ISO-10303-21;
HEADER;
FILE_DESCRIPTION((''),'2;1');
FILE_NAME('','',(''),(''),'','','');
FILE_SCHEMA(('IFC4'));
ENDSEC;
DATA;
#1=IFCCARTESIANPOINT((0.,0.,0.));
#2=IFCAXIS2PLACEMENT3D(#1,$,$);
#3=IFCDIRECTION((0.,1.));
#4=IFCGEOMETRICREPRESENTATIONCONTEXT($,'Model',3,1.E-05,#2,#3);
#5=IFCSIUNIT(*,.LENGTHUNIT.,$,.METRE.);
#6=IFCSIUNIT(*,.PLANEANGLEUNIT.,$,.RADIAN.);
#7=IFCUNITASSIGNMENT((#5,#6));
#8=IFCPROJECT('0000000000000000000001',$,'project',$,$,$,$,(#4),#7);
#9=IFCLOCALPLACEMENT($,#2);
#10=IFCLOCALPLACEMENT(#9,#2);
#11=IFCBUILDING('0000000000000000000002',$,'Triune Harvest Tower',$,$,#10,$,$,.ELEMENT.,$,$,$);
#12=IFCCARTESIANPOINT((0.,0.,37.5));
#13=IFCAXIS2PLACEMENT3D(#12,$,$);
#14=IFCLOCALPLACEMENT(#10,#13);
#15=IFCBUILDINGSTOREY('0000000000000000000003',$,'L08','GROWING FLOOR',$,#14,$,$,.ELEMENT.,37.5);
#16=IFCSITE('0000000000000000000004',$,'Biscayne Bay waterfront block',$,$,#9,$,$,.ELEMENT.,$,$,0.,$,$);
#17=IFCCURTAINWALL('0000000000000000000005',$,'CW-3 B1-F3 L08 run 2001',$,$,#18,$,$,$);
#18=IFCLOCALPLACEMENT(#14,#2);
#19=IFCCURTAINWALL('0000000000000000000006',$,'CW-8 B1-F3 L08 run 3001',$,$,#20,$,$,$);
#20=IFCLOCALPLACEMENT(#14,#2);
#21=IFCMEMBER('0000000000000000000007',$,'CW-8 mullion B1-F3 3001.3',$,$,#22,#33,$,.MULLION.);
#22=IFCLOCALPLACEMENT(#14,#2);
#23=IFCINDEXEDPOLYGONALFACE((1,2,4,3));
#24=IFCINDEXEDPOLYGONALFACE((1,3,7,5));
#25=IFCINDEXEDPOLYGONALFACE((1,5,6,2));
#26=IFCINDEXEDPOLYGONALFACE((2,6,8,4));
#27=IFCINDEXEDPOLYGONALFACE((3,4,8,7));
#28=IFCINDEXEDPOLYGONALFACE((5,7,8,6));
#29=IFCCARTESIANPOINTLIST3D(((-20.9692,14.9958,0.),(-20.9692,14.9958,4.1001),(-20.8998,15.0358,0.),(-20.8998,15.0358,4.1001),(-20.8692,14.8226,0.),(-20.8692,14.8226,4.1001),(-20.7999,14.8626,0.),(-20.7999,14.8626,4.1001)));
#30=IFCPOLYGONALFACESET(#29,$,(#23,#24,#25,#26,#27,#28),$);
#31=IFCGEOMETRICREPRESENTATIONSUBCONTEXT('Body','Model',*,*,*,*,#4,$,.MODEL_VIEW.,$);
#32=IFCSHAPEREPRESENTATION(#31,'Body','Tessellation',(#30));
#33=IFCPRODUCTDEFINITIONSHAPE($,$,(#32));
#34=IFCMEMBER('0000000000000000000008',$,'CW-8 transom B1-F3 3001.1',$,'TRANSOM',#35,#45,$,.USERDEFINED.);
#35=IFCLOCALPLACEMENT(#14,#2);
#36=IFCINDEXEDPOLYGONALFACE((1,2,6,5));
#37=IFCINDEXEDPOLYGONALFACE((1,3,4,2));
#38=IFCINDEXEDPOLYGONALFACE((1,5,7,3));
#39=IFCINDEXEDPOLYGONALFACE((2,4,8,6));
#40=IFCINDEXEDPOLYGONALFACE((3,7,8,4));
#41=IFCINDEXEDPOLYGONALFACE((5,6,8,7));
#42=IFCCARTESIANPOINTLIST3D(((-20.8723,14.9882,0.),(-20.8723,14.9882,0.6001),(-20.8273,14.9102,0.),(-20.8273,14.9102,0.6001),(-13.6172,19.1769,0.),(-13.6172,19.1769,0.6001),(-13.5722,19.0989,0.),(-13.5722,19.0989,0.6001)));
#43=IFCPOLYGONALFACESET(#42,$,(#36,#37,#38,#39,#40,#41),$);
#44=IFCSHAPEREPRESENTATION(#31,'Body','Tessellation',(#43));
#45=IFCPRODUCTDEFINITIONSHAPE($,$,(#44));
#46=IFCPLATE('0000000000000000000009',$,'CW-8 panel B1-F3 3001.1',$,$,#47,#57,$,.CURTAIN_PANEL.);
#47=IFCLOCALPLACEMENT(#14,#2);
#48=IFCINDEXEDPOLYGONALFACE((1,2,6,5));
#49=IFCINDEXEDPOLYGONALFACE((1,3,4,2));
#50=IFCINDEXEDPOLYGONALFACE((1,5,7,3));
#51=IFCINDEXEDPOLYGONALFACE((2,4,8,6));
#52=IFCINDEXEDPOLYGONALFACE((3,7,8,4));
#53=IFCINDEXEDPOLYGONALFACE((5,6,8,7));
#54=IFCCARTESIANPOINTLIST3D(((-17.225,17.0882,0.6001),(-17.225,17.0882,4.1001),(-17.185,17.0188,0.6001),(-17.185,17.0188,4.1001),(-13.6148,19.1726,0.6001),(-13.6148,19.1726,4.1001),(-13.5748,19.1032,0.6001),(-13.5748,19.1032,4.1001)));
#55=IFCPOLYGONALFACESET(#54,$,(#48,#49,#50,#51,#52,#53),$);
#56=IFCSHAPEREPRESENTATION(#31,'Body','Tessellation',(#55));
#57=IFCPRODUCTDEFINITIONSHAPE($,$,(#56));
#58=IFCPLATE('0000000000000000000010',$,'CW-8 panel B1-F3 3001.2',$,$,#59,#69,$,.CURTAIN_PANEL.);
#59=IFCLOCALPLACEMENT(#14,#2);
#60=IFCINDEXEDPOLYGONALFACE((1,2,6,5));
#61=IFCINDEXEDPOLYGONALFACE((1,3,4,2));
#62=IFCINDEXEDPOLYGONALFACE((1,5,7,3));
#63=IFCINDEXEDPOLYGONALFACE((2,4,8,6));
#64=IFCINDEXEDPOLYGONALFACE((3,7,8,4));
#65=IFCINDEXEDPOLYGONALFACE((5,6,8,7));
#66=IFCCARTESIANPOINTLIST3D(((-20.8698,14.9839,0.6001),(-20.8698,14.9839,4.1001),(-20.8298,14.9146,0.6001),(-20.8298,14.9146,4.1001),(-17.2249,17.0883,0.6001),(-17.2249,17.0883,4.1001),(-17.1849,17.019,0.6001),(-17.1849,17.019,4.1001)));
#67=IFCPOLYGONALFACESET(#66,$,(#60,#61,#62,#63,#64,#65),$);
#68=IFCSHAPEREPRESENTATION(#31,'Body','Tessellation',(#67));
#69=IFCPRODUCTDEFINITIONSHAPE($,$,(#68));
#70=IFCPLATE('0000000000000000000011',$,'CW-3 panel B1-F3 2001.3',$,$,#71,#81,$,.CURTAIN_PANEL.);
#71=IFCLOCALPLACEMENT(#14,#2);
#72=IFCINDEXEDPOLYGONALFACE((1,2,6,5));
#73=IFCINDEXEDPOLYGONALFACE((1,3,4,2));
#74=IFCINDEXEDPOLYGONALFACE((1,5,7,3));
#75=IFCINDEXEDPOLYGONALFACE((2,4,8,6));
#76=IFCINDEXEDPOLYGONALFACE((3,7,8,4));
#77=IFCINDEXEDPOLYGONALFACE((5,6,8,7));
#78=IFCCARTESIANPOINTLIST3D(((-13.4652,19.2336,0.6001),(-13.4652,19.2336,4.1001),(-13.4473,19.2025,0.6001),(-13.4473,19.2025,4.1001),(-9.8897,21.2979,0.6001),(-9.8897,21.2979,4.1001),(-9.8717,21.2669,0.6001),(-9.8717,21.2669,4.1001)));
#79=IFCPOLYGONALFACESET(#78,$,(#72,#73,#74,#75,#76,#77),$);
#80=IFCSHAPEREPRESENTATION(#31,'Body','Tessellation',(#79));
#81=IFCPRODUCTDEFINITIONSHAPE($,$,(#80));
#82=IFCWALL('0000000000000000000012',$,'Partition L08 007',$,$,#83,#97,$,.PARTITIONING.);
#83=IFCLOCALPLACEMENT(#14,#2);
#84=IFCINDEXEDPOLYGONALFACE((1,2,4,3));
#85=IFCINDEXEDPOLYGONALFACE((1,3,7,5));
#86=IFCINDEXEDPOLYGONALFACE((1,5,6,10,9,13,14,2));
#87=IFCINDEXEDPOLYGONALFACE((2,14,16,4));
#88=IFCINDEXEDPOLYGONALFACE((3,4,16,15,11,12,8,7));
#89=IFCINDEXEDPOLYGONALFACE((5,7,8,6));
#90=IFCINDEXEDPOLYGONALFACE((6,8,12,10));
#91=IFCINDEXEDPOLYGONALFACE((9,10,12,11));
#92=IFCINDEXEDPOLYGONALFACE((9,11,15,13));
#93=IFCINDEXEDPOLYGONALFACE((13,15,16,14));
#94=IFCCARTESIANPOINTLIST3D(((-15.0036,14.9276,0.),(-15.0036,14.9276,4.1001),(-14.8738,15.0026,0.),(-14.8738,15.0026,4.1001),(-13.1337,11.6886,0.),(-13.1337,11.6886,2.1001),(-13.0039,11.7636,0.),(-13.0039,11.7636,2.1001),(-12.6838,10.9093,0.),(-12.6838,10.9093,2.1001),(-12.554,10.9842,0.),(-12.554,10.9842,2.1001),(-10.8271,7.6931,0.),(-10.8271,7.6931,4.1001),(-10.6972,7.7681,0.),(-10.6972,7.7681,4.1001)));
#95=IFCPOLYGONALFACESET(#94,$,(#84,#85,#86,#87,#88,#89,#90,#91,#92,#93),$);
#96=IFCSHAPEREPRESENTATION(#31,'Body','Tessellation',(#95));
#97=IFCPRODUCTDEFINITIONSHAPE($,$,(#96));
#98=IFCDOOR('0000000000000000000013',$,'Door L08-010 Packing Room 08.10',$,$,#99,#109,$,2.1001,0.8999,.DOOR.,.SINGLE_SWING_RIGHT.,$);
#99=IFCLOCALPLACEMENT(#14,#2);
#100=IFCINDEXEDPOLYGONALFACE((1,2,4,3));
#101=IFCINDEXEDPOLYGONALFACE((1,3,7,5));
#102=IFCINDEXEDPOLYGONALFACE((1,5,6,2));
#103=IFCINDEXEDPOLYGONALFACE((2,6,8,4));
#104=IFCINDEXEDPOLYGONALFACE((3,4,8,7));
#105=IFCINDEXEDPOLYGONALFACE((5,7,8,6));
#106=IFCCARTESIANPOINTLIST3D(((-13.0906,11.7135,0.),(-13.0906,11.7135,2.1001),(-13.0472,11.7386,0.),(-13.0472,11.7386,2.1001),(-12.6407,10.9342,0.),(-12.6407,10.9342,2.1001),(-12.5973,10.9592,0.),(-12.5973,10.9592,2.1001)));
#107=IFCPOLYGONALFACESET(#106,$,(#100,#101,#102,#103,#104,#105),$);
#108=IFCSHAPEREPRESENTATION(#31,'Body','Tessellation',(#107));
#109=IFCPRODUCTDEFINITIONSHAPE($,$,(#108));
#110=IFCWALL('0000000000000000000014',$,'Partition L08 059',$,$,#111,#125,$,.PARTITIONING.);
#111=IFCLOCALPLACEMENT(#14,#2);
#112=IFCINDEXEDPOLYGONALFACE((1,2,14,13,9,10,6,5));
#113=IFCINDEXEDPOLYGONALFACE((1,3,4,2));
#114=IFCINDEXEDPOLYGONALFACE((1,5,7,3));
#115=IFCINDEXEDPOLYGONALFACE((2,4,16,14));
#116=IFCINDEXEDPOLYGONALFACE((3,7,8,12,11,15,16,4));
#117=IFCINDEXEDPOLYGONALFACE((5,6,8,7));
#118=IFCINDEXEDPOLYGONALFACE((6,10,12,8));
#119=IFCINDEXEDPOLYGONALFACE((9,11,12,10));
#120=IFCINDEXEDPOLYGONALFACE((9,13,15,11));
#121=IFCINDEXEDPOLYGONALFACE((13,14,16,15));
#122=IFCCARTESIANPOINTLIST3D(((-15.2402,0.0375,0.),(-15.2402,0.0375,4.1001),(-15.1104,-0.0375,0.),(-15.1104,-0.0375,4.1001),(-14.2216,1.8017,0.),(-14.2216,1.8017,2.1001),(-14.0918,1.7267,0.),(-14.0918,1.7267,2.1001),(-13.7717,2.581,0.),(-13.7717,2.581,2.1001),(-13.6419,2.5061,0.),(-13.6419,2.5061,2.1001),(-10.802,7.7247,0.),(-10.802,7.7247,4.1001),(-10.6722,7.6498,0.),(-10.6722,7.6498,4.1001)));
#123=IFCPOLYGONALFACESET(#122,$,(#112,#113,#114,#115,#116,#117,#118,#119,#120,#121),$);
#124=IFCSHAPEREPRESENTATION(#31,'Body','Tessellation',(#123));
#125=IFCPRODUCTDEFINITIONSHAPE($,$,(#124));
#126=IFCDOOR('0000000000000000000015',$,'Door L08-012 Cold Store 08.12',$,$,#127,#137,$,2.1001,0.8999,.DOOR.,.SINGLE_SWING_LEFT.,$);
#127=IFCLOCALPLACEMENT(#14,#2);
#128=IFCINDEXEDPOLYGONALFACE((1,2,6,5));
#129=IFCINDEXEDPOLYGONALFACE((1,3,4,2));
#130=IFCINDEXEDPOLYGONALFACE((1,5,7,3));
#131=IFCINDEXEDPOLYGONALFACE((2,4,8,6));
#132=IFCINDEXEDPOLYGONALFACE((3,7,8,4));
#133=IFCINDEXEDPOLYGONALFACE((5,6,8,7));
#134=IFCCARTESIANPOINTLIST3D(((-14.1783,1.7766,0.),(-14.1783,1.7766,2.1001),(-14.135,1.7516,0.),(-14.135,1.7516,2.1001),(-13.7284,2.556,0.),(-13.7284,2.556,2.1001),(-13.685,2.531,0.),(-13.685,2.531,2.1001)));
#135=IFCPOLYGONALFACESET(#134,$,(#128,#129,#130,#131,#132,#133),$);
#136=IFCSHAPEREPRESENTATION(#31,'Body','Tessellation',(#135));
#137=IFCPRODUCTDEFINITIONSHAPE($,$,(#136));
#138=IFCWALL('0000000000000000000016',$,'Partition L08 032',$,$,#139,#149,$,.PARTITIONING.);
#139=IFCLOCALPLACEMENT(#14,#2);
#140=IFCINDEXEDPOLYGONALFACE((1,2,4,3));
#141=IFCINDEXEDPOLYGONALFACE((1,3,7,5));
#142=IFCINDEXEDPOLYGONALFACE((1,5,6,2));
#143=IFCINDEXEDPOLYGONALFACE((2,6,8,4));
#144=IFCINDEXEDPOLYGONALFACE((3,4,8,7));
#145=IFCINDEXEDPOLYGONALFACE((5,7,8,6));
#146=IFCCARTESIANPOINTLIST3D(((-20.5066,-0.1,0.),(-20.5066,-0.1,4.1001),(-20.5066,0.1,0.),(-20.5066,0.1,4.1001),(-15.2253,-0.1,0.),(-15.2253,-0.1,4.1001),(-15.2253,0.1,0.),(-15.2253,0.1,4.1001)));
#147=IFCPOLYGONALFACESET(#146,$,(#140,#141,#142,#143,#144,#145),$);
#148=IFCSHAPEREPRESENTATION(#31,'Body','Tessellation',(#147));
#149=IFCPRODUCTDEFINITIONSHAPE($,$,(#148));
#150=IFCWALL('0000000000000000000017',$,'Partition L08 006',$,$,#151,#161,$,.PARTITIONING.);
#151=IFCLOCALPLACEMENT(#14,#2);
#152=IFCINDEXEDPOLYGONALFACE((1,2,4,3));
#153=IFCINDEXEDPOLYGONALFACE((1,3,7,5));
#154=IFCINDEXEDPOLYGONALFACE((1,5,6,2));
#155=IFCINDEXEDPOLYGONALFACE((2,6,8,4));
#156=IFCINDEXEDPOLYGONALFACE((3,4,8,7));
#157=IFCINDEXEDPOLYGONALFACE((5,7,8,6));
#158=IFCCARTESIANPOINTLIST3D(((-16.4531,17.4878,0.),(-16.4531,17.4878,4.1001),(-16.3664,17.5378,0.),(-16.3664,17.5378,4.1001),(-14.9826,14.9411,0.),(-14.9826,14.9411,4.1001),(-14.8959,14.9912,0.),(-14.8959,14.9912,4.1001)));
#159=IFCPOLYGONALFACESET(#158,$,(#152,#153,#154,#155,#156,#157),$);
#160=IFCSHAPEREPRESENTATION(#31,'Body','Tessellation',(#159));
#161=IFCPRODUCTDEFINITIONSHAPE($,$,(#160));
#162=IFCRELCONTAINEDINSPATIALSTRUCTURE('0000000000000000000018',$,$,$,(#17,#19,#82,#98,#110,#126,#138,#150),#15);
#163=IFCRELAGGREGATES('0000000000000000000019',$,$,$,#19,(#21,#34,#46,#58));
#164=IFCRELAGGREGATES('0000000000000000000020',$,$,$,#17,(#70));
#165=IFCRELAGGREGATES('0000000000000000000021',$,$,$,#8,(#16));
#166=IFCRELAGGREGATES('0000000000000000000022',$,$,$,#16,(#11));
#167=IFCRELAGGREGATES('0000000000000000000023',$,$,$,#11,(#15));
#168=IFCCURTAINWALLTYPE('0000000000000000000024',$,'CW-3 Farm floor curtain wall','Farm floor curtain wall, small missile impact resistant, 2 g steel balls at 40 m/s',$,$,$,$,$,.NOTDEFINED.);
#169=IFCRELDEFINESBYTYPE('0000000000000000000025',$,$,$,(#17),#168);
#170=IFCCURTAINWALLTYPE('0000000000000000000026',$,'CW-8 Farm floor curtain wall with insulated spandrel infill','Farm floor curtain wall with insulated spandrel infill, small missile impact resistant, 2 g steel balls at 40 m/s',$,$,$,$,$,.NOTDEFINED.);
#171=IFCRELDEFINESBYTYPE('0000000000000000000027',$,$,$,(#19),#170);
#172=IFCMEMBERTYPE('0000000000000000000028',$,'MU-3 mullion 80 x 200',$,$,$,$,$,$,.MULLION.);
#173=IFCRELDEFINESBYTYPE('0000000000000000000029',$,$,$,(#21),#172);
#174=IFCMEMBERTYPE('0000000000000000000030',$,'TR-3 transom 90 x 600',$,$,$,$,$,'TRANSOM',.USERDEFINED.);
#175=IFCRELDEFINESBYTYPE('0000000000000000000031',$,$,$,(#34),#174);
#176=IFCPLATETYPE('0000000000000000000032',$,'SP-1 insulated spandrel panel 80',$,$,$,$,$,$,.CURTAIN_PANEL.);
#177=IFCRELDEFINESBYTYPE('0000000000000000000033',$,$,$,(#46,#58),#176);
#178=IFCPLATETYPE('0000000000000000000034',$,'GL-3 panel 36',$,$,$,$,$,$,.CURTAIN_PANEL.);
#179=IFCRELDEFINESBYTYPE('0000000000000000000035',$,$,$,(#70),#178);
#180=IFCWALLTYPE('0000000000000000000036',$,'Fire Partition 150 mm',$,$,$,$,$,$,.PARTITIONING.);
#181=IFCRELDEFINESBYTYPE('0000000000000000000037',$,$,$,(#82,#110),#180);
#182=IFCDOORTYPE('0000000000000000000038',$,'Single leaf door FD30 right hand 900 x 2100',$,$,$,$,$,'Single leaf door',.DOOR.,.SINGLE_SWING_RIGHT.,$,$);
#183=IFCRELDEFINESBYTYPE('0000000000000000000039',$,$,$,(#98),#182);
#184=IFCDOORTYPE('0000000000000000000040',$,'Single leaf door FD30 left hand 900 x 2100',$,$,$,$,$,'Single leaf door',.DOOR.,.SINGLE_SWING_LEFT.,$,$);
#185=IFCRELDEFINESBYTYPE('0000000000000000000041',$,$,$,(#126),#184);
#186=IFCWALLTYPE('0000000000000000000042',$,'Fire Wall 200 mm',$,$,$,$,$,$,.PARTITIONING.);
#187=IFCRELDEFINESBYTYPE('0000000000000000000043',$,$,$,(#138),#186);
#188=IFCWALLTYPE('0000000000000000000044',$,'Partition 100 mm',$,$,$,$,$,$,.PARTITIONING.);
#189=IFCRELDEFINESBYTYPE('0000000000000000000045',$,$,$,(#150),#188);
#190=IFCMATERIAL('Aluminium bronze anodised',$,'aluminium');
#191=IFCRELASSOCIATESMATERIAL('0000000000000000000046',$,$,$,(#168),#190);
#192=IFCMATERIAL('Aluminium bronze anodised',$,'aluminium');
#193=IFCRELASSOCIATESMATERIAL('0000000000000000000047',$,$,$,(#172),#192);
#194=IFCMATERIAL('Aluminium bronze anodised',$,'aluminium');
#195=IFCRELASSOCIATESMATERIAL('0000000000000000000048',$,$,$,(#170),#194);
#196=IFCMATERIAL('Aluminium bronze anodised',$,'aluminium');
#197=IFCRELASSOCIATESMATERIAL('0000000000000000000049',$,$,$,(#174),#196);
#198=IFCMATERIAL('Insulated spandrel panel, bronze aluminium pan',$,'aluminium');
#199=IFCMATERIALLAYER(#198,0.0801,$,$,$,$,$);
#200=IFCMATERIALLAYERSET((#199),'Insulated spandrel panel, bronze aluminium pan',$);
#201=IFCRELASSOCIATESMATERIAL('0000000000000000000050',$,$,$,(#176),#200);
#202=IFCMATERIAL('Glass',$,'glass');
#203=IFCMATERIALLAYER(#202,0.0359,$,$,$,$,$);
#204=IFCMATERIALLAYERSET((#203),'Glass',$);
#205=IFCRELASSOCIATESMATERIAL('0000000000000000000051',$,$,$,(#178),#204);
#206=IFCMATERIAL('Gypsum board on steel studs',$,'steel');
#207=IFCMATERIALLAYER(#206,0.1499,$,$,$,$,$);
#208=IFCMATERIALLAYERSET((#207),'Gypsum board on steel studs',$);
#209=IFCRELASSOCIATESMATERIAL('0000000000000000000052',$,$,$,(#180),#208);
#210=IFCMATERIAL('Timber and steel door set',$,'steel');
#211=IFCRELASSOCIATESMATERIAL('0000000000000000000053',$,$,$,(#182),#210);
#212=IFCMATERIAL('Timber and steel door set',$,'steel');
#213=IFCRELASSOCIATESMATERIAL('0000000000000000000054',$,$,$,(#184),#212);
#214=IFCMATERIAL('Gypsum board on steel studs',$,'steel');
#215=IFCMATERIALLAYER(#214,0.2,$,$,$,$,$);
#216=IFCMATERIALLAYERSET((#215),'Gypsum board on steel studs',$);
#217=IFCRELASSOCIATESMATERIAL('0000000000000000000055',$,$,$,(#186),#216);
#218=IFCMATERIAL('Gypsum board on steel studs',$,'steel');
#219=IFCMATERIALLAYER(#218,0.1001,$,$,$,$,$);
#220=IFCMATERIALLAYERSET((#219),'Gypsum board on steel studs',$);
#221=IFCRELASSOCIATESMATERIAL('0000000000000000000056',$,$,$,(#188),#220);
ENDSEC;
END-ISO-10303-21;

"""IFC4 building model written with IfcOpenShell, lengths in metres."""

from ifc_helpers import new_model, si_unit, direction, frame, frame_2d, origin, origin_2d, place, context, subcontext, project, spatial, rectangle, extrude, source, transform, mapped, material, layer, layer_set, material_profile, profile_set, type_object, element, fill, aggregate, save


model = new_model("IFC4")

# Units and contexts
model_context = context("Model", 3, precision=1e-05, world=origin(), true_north=direction((0.0, 1.0)))
body_context = subcontext(model_context, "Body", "Model", "MODEL_VIEW")
ifc_project = project(units=[si_unit("LENGTHUNIT", "METRE"), si_unit("PLANEANGLEUNIT", "RADIAN")], contexts=[model_context])

# Site, building, storey
site_placement = place(None, origin())
site = spatial("IfcSite", under=ifc_project, at=site_placement, Name="Biscayne Bay waterfront block", CompositionType="ELEMENT", RefElevation=0.0)
building_placement = place(site_placement, origin())
building = spatial("IfcBuilding", under=site, at=building_placement, Name="Triune Harvest Tower", CompositionType="ELEMENT")
storey_placement = place(building_placement, frame((0.0, 0.0, 37.5)))
storey = spatial("IfcBuildingStorey", under=building, at=storey_placement, Name="L08", Description="GROWING FLOOR", CompositionType="ELEMENT", Elevation=37.5)

# Curtain wall
ifc_material_1 = material(Name="Aluminium bronze anodised", Category="aluminium")
curtain_wall_type_1 = type_object("IfcCurtainWallType", Name="CW-3 Farm floor curtain wall", Description="Farm floor curtain wall, small missile impact resistant, 2 g steel balls at 40 m/s", PredefinedType="NOTDEFINED", material=ifc_material_1)
curtain_wall_1_placement = place(storey_placement, origin())
curtain_wall_1 = element("IfcCurtainWall", 1, at=curtain_wall_1_placement, inside=storey, type_object=curtain_wall_type_1, Name="CW-3 B1-F3 L08 run 2001")
ifc_material_2 = material(Name="Aluminium bronze anodised", Category="aluminium")
ifc_material_profile_1 = material_profile(ifc_material_2, rectangle(XDim=0.2, YDim=0.0801, at=origin_2d()), Name="MU-3 mullion 80 x 200")
ifc_profile_set_1 = profile_set([ifc_material_profile_1], Name="Aluminium bronze anodised")
member_type_1 = type_object("IfcMemberType", Name="MU-3 mullion 80 x 200", PredefinedType="MULLION", material=ifc_profile_set_1)
shared_shape_1 = source(origin(), body_context, "Body", "SweptSolid", [
    extrude(rectangle(XDim=0.2, YDim=0.0801, at=origin_2d()), origin(), (0.0, 0.0, 1.0), 4.1001),
])

# Curtain wall, members, plates
ifc_material_3 = material(Name="Aluminium bronze anodised", Category="aluminium")
curtain_wall_type_2 = type_object("IfcCurtainWallType", Name="CW-8 Farm floor curtain wall with insulated spandrel infill", Description="Farm floor curtain wall with insulated spandrel infill, small missile impact resistant, 2 g steel balls at 40 m/s", PredefinedType="NOTDEFINED", material=ifc_material_3)
curtain_wall_2_placement = place(storey_placement, origin())
curtain_wall_2 = element("IfcCurtainWall", 2, at=curtain_wall_2_placement, inside=storey, type_object=curtain_wall_type_2, Name="CW-8 B1-F3 L08 run 3001")
member_1_placement = place(storey_placement, frame((-20.8845, 14.9292, 0.0), z_axis=(0.0, 0.0, 1.0), x_axis=(0.500003, -0.866024, 0.0)))
member_1 = element("IfcMember", 3, at=member_1_placement, type_object=member_type_1, Name="CW-8 mullion B1-F3 3001.3", PredefinedType="MULLION", context=body_context, shape_type="MappedRepresentation", body=[
    mapped(shared_shape_1, transform((0.0, 0.0, 0.0), scale=1.0)),
])
ifc_material_4 = material(Name="Aluminium bronze anodised", Category="aluminium")
ifc_material_profile_2 = material_profile(ifc_material_4, rectangle(XDim=0.0901, YDim=0.6001, at=origin_2d()), Name="TR-3 transom 90 x 600")
ifc_profile_set_2 = profile_set([ifc_material_profile_2], Name="Aluminium bronze anodised")
member_type_2 = type_object("IfcMemberType", Name="TR-3 transom 90 x 600", ElementType="TRANSOM", PredefinedType="USERDEFINED", material=ifc_profile_set_2)
shared_shape_2 = source(origin(), body_context, "Body", "SweptSolid", [
    extrude(rectangle(XDim=0.0901, YDim=0.6001, at=origin_2d()), origin(), (0.0, 0.0, 1.0), 8.3774),
])
member_2_placement = place(storey_placement, frame((-13.5947, 19.1379, 0.3), z_axis=(-0.866027, -0.499997, 0.0), x_axis=(0.499997, -0.866027, 0.0)))
member_2 = element("IfcMember", 4, at=member_2_placement, type_object=member_type_2, Name="CW-8 transom B1-F3 3001.1", ObjectType="TRANSOM", PredefinedType="USERDEFINED", context=body_context, shape_type="MappedRepresentation", body=[
    mapped(shared_shape_2, transform((0.0, 0.0, 0.0), scale=1.0)),
])
ifc_material_5 = material(Name="Insulated spandrel panel, bronze aluminium pan", Category="aluminium")
ifc_layer_1 = layer(ifc_material_5, 0.0801)
ifc_layer_set_1 = layer_set([ifc_layer_1], Name="Insulated spandrel panel, bronze aluminium pan")
plate_type_1 = type_object("IfcPlateType", Name="SP-1 insulated spandrel panel 80", PredefinedType="CURTAIN_PANEL", material=ifc_layer_set_1)
shared_shape_3 = source(origin(), body_context, "Body", "SweptSolid", [
    extrude(rectangle(XDim=4.1687, YDim=0.0801, at=origin_2d()), origin(), (0.0, 0.0, 1.0), 3.5),
])
plate_1_placement = place(storey_placement, frame((-15.3999, 18.0957, 0.6001), z_axis=(0.0, 0.0, 1.0), x_axis=(-0.866024, -0.500003, 0.0)))
plate_1 = element("IfcPlate", 5, at=plate_1_placement, type_object=plate_type_1, Name="CW-8 panel B1-F3 3001.1", PredefinedType="CURTAIN_PANEL", context=body_context, shape_type="MappedRepresentation", body=[
    mapped(shared_shape_3, transform((0.0, 0.0, 0.0), scale=1.0)),
])
shared_shape_4 = source(origin(), body_context, "Body", "SweptSolid", [
    extrude(rectangle(XDim=4.2087, YDim=0.0801, at=origin_2d()), origin(), (0.0, 0.0, 1.0), 3.5),
])
plate_2_placement = place(storey_placement, frame((-19.0273, 16.0015, 0.6001), z_axis=(0.0, 0.0, 1.0), x_axis=(-0.866024, -0.500003, 0.0)))
plate_2 = element("IfcPlate", 6, at=plate_2_placement, type_object=plate_type_1, Name="CW-8 panel B1-F3 3001.2", PredefinedType="CURTAIN_PANEL", context=body_context, shape_type="MappedRepresentation", body=[
    mapped(shared_shape_4, transform((0.0, 0.0, 0.0), scale=1.0)),
])
aggregate(curtain_wall_2, [member_1, member_2, plate_1, plate_2])

# Plate
ifc_material_6 = material(Name="Glass", Category="glass")
ifc_layer_2 = layer(ifc_material_6, 0.0359)
ifc_layer_set_2 = layer_set([ifc_layer_2], Name="Glass")
plate_type_2 = type_object("IfcPlateType", Name="GL-3 panel 36", PredefinedType="CURTAIN_PANEL", material=ifc_layer_set_2)
shared_shape_5 = source(origin(), body_context, "Body", "SweptSolid", [
    extrude(rectangle(XDim=4.1287, YDim=0.0359, at=origin_2d()), origin(), (0.0, 0.0, 1.0), 3.5),
])
plate_3_placement = place(storey_placement, frame((-11.6685, 20.2502, 0.6001), z_axis=(0.0, 0.0, 1.0), x_axis=(-0.866027, -0.499998, 0.0)))
plate_3 = element("IfcPlate", 7, at=plate_3_placement, type_object=plate_type_2, Name="CW-3 panel B1-F3 2001.3", PredefinedType="CURTAIN_PANEL", context=body_context, shape_type="MappedRepresentation", body=[
    mapped(shared_shape_5, transform((0.0, 0.0, 0.0), scale=1.0)),
])
aggregate(curtain_wall_1, [plate_3])

# Walls, openings, doors
ifc_material_7 = material(Name="Gypsum board on steel studs", Category="steel")
ifc_layer_3 = layer(ifc_material_7, 0.1499)
ifc_layer_set_3 = layer_set([ifc_layer_3], Name="Gypsum board on steel studs")
wall_type_1 = type_object("IfcWallType", Name="Fire Partition 150 mm", PredefinedType="PARTITIONING", material=ifc_layer_set_3)
wall_1_placement = place(storey_placement, frame((-14.9387, 14.9651, 0.0), z_axis=(0.0, 0.0, 1.0), x_axis=(0.499977, -0.866039, 0.0)))
wall_1 = element("IfcWall", 8, at=wall_1_placement, inside=storey, type_object=wall_type_1, Name="Partition L08 007", PredefinedType="PARTITIONING", context=body_context, shape_type="SweptSolid", body=[
    extrude(rectangle(XDim=8.3535, YDim=0.1499, at=frame_2d((4.1768, 0.0))), origin(), (0.0, 0.0, 1.0), 4.1001),
])
opening_1_placement = place(wall_1_placement, frame((3.74, 0.0, 0.0)))
opening_1 = element("IfcOpeningElement", 9, at=opening_1_placement, cuts=wall_1, PredefinedType="OPENING", context=body_context, shape_type="SweptSolid", body=[
    extrude(rectangle(XDim=0.8999, YDim=2.1001, at=frame_2d((0.45, 1.05))), frame((0.0, 0.085, 0.0), z_axis=(0.0, -1.0, 0.0), x_axis=(1.0, 0.0, 0.0)), (0.0, 0.0, 1.0), 0.1699),
])
ifc_material_8 = material(Name="Timber and steel door set", Category="steel")
door_type_1 = type_object("IfcDoorType", Name="Single leaf door FD30 right hand 900 x 2100", ElementType="Single leaf door", OperationType="SINGLE_SWING_RIGHT", PredefinedType="DOOR", material=ifc_material_8)
door_1_placement = place(opening_1_placement, origin())
door_1 = element("IfcDoor", 10, at=door_1_placement, inside=storey, type_object=door_type_1, Name="Door L08-010 Packing Room 08.10", OperationType="SINGLE_SWING_RIGHT", OverallHeight=2.1001, OverallWidth=0.8999, PredefinedType="DOOR", context=body_context, shape_type="SweptSolid", body=[
    extrude(rectangle(XDim=0.8999, YDim=2.1001, at=frame_2d((0.45, 1.05))), frame((0.0, 0.0249, 0.0), z_axis=(0.0, -1.0, 0.0), x_axis=(1.0, 0.0, 0.0)), (0.0, 0.0, 1.0), 0.05),
])
fill(opening_1, door_1)
wall_2_placement = place(storey_placement, frame((-15.1753, 0.0, 0.0), z_axis=(0.0, 0.0, 1.0), x_axis=(0.499999, 0.866026, 0.0)))
wall_2 = element("IfcWall", 11, at=wall_2_placement, inside=storey, type_object=wall_type_1, Name="Partition L08 059", PredefinedType="PARTITIONING", context=body_context, shape_type="SweptSolid", body=[
    extrude(rectangle(XDim=8.8765, YDim=0.1499, at=frame_2d((4.4382, 0.0))), origin(), (0.0, 0.0, 1.0), 4.1001),
])
opening_2_placement = place(wall_2_placement, frame((2.0371, 0.0, 0.0)))
opening_2 = element("IfcOpeningElement", 12, at=opening_2_placement, cuts=wall_2, PredefinedType="OPENING", context=body_context, shape_type="SweptSolid", body=[
    extrude(rectangle(XDim=0.8999, YDim=2.1001, at=frame_2d((0.45, 1.05))), frame((0.0, 0.085, 0.0), z_axis=(0.0, -1.0, 0.0), x_axis=(1.0, 0.0, 0.0)), (0.0, 0.0, 1.0), 0.1699),
])
ifc_material_9 = material(Name="Timber and steel door set", Category="steel")
door_type_2 = type_object("IfcDoorType", Name="Single leaf door FD30 left hand 900 x 2100", ElementType="Single leaf door", OperationType="SINGLE_SWING_LEFT", PredefinedType="DOOR", material=ifc_material_9)
door_2_placement = place(opening_2_placement, origin())
door_2 = element("IfcDoor", 13, at=door_2_placement, inside=storey, type_object=door_type_2, Name="Door L08-012 Cold Store 08.12", OperationType="SINGLE_SWING_LEFT", OverallHeight=2.1001, OverallWidth=0.8999, PredefinedType="DOOR", context=body_context, shape_type="SweptSolid", body=[
    extrude(rectangle(XDim=0.8999, YDim=2.1001, at=frame_2d((0.45, 1.05))), frame((0.0, 0.0249, 0.0), z_axis=(0.0, -1.0, 0.0), x_axis=(1.0, 0.0, 0.0)), (0.0, 0.0, 1.0), 0.05),
])
fill(opening_2, door_2)

# Walls
ifc_material_10 = material(Name="Gypsum board on steel studs", Category="steel")
ifc_layer_4 = layer(ifc_material_10, 0.2)
ifc_layer_set_4 = layer_set([ifc_layer_4], Name="Gypsum board on steel studs")
wall_type_2 = type_object("IfcWallType", Name="Fire Wall 200 mm", PredefinedType="PARTITIONING", material=ifc_layer_set_4)
wall_3_placement = place(storey_placement, frame((-20.5066, 0.0, 0.0), z_axis=(0.0, 0.0, 1.0), x_axis=(1.0, 0.0, 0.0)))
element("IfcWall", 14, at=wall_3_placement, inside=storey, type_object=wall_type_2, Name="Partition L08 032", PredefinedType="PARTITIONING", context=body_context, shape_type="SweptSolid", body=[
    extrude(rectangle(XDim=5.2812, YDim=0.2, at=frame_2d((2.6406, 0.0))), origin(), (0.0, 0.0, 1.0), 4.1001),
])
ifc_material_11 = material(Name="Gypsum board on steel studs", Category="steel")
ifc_layer_5 = layer(ifc_material_11, 0.1001)
ifc_layer_set_5 = layer_set([ifc_layer_5], Name="Gypsum board on steel studs")
wall_type_3 = type_object("IfcWallType", Name="Partition 100 mm", PredefinedType="PARTITIONING", material=ifc_layer_set_5)
wall_4_placement = place(storey_placement, frame((-16.4097, 17.5127, 0.0), z_axis=(0.0, 0.0, 1.0), x_axis=(0.500041, -0.866002, 0.0)))
element("IfcWall", 15, at=wall_4_placement, inside=storey, type_object=wall_type_3, Name="Partition L08 006", PredefinedType="PARTITIONING", context=body_context, shape_type="SweptSolid", body=[
    extrude(rectangle(XDim=2.9407, YDim=0.1001, at=frame_2d((1.4702, 0.0))), origin(), (0.0, 0.0, 1.0), 4.1001),
])

save(model, "model.ifc")
